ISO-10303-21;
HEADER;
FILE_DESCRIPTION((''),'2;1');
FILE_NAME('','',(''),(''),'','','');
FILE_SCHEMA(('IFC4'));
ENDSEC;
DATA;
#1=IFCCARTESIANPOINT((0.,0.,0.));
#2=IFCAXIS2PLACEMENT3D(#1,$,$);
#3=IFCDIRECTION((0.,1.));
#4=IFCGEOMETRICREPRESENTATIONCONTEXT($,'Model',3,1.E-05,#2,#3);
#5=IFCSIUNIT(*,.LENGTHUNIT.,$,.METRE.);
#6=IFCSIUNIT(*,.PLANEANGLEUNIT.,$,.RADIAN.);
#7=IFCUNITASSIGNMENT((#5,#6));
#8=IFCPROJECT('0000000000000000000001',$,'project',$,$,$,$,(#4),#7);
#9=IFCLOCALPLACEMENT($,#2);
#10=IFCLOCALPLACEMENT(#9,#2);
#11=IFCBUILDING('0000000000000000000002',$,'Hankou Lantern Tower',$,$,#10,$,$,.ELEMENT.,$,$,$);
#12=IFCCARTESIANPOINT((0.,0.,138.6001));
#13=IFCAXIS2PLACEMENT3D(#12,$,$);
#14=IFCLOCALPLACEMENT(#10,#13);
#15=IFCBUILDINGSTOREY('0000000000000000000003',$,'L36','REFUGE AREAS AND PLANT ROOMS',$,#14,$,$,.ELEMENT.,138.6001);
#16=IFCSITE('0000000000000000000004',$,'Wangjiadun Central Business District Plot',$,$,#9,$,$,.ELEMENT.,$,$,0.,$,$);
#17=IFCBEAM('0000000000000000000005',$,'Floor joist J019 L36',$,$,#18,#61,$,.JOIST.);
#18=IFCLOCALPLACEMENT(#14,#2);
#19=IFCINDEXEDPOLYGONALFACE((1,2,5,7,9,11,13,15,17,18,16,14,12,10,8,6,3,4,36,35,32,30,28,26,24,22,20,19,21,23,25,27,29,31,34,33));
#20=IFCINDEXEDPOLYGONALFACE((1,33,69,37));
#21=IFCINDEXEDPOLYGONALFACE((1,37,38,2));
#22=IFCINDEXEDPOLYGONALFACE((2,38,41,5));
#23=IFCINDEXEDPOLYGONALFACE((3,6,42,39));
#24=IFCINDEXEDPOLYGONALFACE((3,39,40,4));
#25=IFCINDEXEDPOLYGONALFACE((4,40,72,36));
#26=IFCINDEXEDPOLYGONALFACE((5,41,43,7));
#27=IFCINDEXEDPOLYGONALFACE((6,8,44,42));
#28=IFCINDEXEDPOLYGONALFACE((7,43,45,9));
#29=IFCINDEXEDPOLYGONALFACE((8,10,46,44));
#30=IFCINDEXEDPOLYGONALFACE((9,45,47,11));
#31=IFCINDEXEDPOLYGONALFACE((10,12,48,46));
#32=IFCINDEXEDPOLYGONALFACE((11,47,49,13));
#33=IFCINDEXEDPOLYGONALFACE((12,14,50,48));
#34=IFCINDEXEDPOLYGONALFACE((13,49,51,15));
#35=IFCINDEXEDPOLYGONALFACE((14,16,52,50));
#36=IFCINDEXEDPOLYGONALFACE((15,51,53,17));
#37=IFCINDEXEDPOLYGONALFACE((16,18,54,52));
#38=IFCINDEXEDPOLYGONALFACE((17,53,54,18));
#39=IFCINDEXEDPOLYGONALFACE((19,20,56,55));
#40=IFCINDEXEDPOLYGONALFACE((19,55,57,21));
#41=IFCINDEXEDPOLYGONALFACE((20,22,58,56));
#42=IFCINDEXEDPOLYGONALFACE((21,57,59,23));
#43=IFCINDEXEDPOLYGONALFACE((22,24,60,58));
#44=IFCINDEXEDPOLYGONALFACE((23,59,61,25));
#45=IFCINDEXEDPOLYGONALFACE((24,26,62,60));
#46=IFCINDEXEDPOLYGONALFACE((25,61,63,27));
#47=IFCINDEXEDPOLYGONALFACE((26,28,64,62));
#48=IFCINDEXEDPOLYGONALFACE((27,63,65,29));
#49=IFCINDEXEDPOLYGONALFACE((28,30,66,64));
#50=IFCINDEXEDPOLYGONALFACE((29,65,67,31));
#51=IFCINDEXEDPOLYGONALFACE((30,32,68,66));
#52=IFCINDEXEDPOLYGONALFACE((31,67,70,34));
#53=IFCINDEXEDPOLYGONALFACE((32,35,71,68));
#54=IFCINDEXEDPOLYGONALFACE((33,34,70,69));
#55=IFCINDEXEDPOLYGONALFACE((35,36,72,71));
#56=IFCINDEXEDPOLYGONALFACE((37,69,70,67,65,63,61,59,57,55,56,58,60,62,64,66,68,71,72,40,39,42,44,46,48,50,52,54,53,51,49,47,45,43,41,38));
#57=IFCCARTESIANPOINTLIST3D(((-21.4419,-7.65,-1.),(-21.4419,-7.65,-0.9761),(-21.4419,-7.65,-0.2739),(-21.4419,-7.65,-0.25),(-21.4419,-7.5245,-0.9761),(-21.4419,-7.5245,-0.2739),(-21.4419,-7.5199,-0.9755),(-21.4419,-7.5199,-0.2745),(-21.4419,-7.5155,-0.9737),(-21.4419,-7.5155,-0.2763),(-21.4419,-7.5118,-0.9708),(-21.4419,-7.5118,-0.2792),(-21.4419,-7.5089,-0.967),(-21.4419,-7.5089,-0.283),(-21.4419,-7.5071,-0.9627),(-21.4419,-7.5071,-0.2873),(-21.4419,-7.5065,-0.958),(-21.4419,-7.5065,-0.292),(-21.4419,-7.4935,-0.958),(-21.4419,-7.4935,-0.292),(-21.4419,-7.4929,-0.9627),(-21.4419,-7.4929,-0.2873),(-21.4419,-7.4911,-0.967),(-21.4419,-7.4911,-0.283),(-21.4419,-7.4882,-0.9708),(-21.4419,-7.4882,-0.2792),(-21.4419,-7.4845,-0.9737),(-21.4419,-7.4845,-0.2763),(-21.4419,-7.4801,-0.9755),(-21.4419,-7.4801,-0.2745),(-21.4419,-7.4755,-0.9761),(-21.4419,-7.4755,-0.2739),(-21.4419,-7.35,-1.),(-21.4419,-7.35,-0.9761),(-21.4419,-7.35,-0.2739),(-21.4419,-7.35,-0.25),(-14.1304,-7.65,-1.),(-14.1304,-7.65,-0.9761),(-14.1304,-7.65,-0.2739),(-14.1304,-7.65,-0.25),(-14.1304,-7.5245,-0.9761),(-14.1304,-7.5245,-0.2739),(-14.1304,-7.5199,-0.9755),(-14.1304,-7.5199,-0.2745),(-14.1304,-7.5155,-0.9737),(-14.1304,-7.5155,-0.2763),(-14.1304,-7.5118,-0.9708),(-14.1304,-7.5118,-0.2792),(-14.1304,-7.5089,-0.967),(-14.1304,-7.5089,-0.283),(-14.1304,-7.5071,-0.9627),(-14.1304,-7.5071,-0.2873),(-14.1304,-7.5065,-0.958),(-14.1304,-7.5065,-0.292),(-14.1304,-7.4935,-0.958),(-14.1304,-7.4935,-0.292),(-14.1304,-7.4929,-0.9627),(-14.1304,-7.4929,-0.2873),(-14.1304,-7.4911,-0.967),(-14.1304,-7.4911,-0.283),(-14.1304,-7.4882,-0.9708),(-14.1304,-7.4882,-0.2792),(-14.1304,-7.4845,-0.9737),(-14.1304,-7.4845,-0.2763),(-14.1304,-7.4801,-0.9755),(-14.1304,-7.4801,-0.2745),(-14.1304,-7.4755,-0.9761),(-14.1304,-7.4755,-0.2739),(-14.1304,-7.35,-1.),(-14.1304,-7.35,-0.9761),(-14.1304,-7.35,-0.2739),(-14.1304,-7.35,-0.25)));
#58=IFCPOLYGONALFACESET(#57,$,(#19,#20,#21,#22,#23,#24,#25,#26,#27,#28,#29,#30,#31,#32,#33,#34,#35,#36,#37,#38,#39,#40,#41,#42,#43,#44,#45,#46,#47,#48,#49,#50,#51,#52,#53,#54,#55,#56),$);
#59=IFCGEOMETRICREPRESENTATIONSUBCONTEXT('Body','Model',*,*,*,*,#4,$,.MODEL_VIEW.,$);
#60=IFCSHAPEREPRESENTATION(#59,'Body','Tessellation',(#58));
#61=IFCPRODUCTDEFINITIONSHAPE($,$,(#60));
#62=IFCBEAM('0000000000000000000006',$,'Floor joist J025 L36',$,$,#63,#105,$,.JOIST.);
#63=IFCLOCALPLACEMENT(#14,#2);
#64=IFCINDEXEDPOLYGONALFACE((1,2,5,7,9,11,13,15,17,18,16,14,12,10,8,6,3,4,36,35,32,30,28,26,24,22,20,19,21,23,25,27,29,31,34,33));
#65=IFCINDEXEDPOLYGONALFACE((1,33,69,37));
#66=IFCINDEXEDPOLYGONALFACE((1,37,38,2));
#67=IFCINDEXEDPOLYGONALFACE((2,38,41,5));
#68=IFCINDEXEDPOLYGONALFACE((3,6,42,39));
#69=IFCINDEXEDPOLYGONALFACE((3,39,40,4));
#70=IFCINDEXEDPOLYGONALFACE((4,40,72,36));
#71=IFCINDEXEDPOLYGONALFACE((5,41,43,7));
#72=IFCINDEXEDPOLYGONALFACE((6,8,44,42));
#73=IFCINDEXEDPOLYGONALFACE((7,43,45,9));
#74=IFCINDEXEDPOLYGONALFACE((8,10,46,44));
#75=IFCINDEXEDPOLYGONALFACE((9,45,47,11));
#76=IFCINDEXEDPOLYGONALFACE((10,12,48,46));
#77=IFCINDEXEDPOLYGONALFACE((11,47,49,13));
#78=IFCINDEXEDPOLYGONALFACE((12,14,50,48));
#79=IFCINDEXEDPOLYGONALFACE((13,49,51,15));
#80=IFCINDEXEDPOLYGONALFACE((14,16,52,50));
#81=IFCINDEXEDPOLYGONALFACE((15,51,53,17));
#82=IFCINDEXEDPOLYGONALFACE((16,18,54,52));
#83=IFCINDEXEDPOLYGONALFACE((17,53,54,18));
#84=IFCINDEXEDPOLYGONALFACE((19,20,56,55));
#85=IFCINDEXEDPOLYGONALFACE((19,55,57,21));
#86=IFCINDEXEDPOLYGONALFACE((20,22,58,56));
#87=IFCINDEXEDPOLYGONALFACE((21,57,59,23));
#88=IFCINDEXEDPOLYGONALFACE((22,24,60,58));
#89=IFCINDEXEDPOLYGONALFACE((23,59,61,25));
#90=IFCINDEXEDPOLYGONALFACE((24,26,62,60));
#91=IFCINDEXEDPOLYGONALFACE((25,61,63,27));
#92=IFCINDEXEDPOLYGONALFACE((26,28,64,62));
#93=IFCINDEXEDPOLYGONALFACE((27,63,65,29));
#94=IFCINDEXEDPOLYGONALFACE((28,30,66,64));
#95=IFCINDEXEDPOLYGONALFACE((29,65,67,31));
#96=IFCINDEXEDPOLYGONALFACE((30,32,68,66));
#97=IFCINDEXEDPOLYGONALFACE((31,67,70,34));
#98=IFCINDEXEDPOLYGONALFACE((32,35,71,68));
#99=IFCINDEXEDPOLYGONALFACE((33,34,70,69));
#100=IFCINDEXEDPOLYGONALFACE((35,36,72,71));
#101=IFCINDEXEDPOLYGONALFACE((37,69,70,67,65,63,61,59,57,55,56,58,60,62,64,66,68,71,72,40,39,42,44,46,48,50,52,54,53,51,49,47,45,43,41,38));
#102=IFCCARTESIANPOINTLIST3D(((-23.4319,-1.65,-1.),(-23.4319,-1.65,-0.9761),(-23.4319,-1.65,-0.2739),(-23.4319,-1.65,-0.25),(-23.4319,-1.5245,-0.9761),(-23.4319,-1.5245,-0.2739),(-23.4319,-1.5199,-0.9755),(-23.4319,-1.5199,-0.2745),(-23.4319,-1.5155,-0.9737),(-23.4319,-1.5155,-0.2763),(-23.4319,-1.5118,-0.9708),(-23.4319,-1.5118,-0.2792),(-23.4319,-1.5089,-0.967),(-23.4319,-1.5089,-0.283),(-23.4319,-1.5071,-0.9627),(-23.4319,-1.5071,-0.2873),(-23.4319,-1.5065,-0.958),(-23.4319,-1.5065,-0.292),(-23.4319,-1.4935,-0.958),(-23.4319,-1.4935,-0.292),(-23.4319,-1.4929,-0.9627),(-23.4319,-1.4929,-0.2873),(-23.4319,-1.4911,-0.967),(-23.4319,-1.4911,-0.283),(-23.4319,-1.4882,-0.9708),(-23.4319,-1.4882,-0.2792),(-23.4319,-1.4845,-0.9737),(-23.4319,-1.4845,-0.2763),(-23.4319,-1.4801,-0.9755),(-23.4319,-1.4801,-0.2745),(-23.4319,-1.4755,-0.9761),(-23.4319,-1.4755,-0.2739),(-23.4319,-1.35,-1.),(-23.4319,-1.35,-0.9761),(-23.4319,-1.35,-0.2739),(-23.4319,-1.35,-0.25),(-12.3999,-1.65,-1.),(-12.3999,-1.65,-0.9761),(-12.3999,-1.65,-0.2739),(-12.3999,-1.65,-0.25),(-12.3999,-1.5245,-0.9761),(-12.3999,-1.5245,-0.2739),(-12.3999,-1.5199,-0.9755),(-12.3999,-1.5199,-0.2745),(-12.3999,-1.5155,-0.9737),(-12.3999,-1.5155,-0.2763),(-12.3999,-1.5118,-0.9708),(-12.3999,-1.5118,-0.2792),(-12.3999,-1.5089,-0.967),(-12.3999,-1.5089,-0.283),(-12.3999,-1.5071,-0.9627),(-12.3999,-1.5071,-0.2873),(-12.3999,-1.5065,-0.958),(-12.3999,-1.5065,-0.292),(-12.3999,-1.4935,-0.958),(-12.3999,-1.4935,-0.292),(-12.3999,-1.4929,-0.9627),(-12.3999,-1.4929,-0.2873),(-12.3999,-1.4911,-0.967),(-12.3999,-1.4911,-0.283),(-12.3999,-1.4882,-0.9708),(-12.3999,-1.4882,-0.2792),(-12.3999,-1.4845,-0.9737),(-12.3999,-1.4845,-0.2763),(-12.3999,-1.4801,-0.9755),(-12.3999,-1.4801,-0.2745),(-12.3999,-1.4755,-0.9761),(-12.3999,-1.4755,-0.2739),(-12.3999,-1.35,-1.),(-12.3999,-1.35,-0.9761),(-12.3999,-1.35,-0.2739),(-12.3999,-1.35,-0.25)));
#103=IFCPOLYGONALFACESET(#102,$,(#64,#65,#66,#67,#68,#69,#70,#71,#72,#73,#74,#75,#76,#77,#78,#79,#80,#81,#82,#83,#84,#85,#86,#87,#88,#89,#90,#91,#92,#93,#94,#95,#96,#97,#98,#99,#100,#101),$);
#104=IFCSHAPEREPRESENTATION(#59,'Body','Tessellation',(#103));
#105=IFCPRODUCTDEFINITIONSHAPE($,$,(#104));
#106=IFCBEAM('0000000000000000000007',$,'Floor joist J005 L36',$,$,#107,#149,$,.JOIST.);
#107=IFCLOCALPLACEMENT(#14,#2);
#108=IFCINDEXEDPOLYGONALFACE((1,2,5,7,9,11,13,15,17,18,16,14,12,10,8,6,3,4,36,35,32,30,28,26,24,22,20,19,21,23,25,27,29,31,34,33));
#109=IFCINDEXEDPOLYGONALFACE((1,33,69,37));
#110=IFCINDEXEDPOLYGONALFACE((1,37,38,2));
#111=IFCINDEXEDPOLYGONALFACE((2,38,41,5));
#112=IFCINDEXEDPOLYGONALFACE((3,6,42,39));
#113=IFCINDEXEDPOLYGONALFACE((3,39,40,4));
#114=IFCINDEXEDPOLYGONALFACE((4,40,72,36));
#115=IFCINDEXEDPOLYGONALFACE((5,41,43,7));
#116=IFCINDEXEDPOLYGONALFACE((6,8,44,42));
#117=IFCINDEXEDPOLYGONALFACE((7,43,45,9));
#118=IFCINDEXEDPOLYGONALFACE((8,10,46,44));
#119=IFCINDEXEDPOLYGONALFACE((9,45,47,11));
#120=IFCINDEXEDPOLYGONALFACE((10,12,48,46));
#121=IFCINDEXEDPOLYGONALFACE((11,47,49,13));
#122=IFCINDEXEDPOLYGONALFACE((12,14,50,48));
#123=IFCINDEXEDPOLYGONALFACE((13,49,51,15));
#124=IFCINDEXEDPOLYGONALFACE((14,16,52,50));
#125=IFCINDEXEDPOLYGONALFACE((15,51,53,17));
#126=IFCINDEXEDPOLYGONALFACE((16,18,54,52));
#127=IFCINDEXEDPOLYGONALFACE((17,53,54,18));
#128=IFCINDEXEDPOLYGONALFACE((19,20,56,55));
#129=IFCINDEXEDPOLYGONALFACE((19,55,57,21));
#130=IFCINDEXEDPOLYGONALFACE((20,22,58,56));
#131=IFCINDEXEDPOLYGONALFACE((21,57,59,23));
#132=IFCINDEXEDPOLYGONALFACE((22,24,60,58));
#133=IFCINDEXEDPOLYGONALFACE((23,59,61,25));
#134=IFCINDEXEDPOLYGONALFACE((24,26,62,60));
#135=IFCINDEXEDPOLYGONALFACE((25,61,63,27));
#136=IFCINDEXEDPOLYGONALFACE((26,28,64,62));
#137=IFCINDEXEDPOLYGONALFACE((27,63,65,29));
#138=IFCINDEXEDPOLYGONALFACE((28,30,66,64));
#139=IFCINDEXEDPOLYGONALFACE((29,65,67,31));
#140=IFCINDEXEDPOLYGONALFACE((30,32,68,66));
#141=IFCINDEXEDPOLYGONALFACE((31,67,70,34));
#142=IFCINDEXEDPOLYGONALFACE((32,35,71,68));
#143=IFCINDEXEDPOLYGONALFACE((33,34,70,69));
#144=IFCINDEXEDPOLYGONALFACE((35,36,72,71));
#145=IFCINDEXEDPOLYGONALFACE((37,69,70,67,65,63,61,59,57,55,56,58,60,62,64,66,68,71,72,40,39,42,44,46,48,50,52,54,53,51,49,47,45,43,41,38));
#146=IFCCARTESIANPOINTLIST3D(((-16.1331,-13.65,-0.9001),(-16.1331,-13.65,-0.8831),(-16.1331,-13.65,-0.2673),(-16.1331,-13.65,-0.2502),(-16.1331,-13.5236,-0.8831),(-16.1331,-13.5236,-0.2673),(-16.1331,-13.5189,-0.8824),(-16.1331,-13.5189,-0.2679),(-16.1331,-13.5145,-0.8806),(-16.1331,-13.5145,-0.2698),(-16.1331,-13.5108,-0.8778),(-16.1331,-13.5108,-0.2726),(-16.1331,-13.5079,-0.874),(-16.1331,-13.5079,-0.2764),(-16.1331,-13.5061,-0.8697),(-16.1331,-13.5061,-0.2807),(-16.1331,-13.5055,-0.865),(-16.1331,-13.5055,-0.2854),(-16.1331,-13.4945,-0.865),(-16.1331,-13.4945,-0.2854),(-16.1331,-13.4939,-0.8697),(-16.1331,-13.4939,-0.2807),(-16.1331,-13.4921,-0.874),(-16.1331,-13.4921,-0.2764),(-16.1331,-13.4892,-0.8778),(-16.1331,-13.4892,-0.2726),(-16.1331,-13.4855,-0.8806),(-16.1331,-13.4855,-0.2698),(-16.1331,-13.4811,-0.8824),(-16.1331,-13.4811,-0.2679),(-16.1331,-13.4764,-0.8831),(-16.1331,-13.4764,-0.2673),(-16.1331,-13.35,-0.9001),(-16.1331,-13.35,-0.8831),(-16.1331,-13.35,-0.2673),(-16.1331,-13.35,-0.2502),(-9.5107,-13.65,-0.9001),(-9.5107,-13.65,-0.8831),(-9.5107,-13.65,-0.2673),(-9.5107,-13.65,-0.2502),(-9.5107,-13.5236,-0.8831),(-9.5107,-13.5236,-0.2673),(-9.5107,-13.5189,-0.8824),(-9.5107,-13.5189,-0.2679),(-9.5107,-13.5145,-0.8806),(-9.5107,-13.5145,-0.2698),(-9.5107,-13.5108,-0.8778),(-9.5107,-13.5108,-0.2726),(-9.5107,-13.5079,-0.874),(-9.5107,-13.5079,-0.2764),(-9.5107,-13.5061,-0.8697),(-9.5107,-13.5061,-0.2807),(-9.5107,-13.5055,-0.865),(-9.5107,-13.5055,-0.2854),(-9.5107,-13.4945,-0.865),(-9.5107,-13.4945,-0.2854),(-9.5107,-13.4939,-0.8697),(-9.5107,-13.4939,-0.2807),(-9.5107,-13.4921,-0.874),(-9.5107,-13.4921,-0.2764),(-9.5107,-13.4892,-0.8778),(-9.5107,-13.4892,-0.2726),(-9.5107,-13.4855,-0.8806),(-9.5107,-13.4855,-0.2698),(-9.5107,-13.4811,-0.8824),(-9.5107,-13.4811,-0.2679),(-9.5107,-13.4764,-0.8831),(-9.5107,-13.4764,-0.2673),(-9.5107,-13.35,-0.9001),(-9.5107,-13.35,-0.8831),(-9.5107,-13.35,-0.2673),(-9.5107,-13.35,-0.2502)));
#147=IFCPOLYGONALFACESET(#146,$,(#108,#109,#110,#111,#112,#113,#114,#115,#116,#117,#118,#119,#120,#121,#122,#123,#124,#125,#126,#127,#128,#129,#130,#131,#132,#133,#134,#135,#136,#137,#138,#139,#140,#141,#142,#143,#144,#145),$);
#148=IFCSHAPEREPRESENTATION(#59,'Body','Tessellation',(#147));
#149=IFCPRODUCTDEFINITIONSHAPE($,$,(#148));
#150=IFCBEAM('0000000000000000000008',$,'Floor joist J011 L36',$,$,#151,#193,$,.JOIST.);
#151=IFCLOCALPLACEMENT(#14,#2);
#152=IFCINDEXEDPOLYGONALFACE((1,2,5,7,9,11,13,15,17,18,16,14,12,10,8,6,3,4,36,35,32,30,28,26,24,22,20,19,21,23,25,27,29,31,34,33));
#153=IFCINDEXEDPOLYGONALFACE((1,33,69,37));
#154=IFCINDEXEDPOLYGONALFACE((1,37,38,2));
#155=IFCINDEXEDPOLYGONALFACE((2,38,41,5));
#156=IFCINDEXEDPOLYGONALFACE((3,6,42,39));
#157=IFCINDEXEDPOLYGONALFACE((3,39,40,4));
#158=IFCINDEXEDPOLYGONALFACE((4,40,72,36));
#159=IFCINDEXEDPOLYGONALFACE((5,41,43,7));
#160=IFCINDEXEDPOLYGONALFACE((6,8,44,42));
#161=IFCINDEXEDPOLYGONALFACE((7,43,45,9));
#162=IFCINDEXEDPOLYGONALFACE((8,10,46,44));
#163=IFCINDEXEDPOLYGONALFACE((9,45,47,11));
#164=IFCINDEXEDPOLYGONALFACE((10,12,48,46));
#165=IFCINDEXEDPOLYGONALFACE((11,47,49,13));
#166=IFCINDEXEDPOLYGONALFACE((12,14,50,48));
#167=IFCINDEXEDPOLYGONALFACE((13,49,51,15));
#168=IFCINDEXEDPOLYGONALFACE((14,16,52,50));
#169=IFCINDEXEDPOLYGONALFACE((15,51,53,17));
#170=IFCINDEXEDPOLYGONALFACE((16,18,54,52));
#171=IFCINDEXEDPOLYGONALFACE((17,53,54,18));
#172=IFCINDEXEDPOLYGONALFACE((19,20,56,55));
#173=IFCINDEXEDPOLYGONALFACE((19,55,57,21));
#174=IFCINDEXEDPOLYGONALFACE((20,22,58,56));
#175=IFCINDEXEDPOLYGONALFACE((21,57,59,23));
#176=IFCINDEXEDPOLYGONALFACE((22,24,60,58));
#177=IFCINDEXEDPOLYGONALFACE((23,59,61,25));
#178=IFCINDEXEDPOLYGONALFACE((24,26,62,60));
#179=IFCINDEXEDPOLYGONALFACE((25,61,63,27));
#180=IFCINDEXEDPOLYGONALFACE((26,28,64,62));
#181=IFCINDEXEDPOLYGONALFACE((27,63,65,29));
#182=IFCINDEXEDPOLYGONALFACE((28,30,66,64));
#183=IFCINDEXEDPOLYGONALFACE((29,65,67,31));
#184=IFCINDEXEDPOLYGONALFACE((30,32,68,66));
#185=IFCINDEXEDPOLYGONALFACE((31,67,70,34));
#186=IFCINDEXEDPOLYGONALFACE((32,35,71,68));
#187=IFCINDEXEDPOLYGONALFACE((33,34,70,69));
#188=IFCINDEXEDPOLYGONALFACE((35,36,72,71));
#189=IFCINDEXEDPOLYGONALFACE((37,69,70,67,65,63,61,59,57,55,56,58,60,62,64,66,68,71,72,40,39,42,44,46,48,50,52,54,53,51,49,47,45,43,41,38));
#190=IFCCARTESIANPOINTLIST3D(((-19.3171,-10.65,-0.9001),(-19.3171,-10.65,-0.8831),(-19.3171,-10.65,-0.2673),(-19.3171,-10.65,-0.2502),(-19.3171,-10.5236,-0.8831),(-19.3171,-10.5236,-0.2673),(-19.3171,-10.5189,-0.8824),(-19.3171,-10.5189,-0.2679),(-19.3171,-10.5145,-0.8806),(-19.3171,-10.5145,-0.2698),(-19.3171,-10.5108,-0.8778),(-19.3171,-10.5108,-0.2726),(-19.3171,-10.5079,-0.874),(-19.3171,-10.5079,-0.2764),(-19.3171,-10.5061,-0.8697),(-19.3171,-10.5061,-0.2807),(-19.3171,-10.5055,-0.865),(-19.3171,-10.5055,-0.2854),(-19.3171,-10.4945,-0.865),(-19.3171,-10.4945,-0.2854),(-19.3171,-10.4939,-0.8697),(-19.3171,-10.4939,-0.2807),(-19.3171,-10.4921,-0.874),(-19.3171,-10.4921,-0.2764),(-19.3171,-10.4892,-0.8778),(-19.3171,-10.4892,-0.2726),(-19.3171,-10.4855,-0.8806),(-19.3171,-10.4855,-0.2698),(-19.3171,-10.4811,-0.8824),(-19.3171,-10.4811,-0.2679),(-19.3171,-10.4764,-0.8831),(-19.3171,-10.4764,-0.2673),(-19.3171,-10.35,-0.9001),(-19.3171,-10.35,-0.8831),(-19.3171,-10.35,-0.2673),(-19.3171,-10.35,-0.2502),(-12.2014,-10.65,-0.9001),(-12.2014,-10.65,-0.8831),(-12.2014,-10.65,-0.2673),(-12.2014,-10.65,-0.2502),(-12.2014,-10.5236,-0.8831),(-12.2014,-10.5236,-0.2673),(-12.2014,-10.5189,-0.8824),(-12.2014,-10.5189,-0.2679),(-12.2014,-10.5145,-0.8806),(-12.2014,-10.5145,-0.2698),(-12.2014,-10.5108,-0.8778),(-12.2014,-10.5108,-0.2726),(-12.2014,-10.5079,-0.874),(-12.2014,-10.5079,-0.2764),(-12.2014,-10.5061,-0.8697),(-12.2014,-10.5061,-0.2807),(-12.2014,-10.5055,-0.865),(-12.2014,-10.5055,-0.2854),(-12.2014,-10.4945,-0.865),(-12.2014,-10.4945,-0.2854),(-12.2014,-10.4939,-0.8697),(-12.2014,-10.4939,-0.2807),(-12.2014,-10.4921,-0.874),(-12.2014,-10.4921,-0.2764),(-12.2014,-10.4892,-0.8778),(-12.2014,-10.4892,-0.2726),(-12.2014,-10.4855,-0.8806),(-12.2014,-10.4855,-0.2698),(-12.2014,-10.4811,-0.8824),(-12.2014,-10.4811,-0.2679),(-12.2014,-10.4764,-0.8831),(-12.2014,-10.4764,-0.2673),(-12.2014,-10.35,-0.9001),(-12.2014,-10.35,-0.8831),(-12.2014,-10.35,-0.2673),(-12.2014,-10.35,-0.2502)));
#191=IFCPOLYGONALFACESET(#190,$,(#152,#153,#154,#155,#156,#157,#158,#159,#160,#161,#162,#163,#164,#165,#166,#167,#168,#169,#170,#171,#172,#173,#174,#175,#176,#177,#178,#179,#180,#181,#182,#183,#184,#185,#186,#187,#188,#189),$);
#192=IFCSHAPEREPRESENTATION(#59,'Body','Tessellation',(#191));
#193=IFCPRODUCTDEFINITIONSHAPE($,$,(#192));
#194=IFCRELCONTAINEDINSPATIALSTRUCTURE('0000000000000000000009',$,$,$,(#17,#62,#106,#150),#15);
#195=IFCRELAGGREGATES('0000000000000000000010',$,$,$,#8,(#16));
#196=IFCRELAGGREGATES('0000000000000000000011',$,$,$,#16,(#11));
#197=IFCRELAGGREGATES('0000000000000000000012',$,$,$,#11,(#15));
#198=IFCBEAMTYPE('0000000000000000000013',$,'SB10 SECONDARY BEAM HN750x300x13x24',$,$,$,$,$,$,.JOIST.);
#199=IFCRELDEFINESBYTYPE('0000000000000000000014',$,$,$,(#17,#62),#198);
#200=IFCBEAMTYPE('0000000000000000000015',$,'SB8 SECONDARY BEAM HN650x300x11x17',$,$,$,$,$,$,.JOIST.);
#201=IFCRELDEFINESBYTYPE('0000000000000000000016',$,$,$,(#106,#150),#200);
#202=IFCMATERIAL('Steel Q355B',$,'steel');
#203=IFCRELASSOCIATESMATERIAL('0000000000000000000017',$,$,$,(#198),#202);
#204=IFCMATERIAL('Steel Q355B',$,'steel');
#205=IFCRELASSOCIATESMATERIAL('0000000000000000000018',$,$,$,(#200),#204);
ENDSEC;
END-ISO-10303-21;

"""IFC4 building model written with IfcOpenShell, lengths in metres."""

from ifc_helpers import new_model, si_unit, direction, frame, origin, origin_2d, place, context, subcontext, project, spatial, i_section, extrude, material, material_profile, profile_set, type_object, element, save


model = new_model("IFC4")

# Units and contexts
model_context = context("Model", 3, precision=1e-05, world=origin(), true_north=direction((0.0, 1.0)))
body_context = subcontext(model_context, "Body", "Model", "MODEL_VIEW")
ifc_project = project(units=[si_unit("LENGTHUNIT", "METRE"), si_unit("PLANEANGLEUNIT", "RADIAN")], contexts=[model_context])

# Site, building, storey
site_placement = place(None, origin())
site = spatial("IfcSite", under=ifc_project, at=site_placement, Name="Wangjiadun Central Business District Plot", CompositionType="ELEMENT", RefElevation=0.0)
building_placement = place(site_placement, origin())
building = spatial("IfcBuilding", under=site, at=building_placement, Name="Hankou Lantern Tower", CompositionType="ELEMENT")
storey_placement = place(building_placement, frame((0.0, 0.0, 138.6001)))
storey = spatial("IfcBuildingStorey", under=building, at=storey_placement, Name="L36", Description="REFUGE AREAS AND PLANT ROOMS", CompositionType="ELEMENT", Elevation=138.6001)

# Beams
ifc_material_1 = material(Name="Steel Q355B", Category="steel")
ifc_material_profile_1 = material_profile(ifc_material_1, i_section(OverallWidth=0.3, OverallDepth=0.75, WebThickness=0.0129, FlangeThickness=0.0239, FilletRadius=0.0181, at=origin_2d()), Name="HN750x300x13x24")
ifc_profile_set_1 = profile_set([ifc_material_profile_1], Name="Steel Q355B")
beam_type_1 = type_object("IfcBeamType", Name="SB10 SECONDARY BEAM HN750x300x13x24", PredefinedType="JOIST", material=ifc_profile_set_1)
beam_1_placement = place(storey_placement, frame((-21.4419, -7.5, -0.625), z_axis=(1.0, 0.0, 0.0), x_axis=(0.0, 1.0, 0.0)))
element("IfcBeam", 1, at=beam_1_placement, inside=storey, type_object=beam_type_1, Name="Floor joist J019 L36", PredefinedType="JOIST", context=body_context, shape_type="SweptSolid", body=[
    extrude(i_section(OverallWidth=0.3, OverallDepth=0.75, WebThickness=0.0129, FlangeThickness=0.0239, FilletRadius=0.0181, at=origin_2d()), origin(), (0.0, 0.0, 1.0), 7.3115),
])
beam_2_placement = place(storey_placement, frame((-23.4319, -1.5, -0.625), z_axis=(1.0, 0.0, 0.0), x_axis=(0.0, 1.0, 0.0)))
element("IfcBeam", 2, at=beam_2_placement, inside=storey, type_object=beam_type_1, Name="Floor joist J025 L36", PredefinedType="JOIST", context=body_context, shape_type="SweptSolid", body=[
    extrude(i_section(OverallWidth=0.3, OverallDepth=0.75, WebThickness=0.0129, FlangeThickness=0.0239, FilletRadius=0.0181, at=origin_2d()), origin(), (0.0, 0.0, 1.0), 11.032),
])
ifc_material_2 = material(Name="Steel Q355B", Category="steel")
ifc_material_profile_2 = material_profile(ifc_material_2, i_section(OverallWidth=0.3, OverallDepth=0.6499, WebThickness=0.011, FlangeThickness=0.0171, FilletRadius=0.0181, at=origin_2d()), Name="HN650x300x11x17")
ifc_profile_set_2 = profile_set([ifc_material_profile_2], Name="Steel Q355B")
beam_type_2 = type_object("IfcBeamType", Name="SB8 SECONDARY BEAM HN650x300x11x17", PredefinedType="JOIST", material=ifc_profile_set_2)
beam_3_placement = place(storey_placement, frame((-16.1331, -13.5, -0.5752), z_axis=(1.0, 0.0, 0.0), x_axis=(0.0, 1.0, 0.0)))
element("IfcBeam", 3, at=beam_3_placement, inside=storey, type_object=beam_type_2, Name="Floor joist J005 L36", PredefinedType="JOIST", context=body_context, shape_type="SweptSolid", body=[
    extrude(i_section(OverallWidth=0.3, OverallDepth=0.6499, WebThickness=0.011, FlangeThickness=0.0171, FilletRadius=0.0181, at=origin_2d()), origin(), (0.0, 0.0, 1.0), 6.6223),
])
beam_4_placement = place(storey_placement, frame((-19.3171, -10.5, -0.5752), z_axis=(1.0, 0.0, 0.0), x_axis=(0.0, 1.0, 0.0)))
element("IfcBeam", 4, at=beam_4_placement, inside=storey, type_object=beam_type_2, Name="Floor joist J011 L36", PredefinedType="JOIST", context=body_context, shape_type="SweptSolid", body=[
    extrude(i_section(OverallWidth=0.3, OverallDepth=0.6499, WebThickness=0.011, FlangeThickness=0.0171, FilletRadius=0.0181, at=origin_2d()), origin(), (0.0, 0.0, 1.0), 7.1157),
])

save(model, "model.ifc")
